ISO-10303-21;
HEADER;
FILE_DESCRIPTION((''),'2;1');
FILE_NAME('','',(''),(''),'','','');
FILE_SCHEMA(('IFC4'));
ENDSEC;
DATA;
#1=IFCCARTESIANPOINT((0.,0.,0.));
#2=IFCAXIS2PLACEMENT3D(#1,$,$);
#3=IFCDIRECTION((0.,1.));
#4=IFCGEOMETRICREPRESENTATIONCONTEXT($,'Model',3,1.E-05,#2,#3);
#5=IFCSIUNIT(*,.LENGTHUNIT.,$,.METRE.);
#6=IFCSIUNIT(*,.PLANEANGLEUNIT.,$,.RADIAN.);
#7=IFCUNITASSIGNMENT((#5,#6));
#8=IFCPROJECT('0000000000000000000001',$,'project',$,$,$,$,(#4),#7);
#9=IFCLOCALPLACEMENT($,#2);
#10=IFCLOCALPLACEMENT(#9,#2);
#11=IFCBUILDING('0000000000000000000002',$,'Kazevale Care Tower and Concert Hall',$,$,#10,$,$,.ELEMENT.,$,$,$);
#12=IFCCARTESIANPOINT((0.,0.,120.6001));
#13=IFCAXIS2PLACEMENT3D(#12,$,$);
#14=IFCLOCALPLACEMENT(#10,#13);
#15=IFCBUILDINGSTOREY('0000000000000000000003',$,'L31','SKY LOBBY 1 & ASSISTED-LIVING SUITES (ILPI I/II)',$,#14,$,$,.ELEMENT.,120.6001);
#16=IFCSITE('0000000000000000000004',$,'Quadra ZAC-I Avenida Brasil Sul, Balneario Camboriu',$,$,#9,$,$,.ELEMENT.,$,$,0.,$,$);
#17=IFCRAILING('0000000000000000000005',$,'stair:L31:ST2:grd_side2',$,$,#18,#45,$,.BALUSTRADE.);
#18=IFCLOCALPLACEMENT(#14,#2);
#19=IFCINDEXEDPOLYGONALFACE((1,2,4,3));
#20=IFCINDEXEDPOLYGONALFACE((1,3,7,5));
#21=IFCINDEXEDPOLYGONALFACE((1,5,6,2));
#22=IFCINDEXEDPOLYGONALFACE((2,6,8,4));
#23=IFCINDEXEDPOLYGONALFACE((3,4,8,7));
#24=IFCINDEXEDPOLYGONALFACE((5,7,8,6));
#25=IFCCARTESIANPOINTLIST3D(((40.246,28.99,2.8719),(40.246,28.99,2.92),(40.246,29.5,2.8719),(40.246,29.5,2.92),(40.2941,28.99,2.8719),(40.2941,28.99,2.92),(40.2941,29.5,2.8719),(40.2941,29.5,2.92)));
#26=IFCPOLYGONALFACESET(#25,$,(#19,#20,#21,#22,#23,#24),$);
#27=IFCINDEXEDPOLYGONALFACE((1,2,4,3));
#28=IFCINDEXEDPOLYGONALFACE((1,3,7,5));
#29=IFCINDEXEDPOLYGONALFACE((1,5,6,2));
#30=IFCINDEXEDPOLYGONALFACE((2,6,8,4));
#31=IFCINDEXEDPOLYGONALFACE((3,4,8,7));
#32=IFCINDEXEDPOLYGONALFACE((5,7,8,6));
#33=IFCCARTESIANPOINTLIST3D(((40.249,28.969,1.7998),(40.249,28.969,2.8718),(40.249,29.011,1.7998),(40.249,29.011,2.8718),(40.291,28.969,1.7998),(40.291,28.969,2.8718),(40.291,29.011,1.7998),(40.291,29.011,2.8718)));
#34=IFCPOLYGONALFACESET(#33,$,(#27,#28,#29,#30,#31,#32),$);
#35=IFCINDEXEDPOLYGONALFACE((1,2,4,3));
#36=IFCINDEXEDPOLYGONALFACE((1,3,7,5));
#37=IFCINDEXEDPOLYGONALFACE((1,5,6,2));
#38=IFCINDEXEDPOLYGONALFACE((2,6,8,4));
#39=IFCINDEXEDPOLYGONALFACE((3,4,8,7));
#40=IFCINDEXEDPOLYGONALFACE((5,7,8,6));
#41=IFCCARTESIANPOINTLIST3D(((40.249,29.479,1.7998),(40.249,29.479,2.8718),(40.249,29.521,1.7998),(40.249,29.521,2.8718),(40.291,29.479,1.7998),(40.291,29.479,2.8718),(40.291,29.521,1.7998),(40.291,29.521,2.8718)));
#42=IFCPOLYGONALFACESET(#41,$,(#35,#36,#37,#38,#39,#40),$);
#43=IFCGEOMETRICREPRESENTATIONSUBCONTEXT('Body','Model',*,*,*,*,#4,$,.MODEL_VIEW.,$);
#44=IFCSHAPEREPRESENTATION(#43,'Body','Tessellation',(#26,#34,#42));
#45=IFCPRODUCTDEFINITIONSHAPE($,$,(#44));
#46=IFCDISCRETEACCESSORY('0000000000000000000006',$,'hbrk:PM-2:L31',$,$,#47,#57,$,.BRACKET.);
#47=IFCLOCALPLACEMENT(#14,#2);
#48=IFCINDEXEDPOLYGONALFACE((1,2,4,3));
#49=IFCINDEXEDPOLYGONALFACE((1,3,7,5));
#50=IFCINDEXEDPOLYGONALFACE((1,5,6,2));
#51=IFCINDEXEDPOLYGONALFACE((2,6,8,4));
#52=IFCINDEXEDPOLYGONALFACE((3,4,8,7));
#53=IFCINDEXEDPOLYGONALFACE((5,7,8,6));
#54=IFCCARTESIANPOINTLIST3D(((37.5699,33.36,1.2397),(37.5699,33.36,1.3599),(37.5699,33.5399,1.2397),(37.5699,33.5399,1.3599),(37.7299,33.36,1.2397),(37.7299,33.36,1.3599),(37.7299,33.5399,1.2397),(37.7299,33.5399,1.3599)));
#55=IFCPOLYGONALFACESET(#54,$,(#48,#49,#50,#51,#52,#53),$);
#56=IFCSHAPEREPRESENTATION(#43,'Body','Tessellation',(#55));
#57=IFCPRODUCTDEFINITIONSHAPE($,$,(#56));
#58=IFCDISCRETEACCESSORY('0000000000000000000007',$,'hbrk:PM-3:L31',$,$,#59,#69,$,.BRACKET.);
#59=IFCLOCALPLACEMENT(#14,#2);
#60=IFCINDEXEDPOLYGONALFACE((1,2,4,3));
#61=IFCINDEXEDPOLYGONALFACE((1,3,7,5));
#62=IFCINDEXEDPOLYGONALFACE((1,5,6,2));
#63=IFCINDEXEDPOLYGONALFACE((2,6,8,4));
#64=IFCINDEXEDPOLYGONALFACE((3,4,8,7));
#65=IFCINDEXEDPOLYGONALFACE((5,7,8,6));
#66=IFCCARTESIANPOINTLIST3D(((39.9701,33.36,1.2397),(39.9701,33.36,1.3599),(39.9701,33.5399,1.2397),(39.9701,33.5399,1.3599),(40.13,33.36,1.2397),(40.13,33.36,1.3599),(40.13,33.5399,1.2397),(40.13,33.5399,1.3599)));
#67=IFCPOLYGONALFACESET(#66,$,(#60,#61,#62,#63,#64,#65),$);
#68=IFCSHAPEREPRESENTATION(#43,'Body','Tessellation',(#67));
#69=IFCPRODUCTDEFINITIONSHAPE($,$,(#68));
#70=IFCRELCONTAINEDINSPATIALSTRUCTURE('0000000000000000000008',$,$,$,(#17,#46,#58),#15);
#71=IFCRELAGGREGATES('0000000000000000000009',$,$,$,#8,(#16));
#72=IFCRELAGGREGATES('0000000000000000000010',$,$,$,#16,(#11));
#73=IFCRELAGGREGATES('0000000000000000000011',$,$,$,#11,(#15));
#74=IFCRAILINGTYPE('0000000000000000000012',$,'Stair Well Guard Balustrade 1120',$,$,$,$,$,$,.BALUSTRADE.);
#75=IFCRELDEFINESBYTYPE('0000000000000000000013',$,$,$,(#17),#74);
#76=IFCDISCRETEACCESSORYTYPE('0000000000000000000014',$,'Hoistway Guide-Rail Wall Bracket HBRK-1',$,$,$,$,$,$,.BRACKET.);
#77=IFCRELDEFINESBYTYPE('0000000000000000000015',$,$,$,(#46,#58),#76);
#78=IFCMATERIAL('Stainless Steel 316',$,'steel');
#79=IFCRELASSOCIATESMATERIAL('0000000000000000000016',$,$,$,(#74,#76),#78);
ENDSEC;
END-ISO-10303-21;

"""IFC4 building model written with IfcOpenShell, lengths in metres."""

from ifc_helpers import new_model, si_unit, direction, frame, origin, origin_2d, place, context, subcontext, project, spatial, rectangle, extrude, material, type_object, element, save


model = new_model("IFC4")

# Units and contexts
model_context = context("Model", 3, precision=1e-05, world=origin(), true_north=direction((0.0, 1.0)))
body_context = subcontext(model_context, "Body", "Model", "MODEL_VIEW")
ifc_project = project(units=[si_unit("LENGTHUNIT", "METRE"), si_unit("PLANEANGLEUNIT", "RADIAN")], contexts=[model_context])

# Site, building, storey
site_placement = place(None, origin())
site = spatial("IfcSite", under=ifc_project, at=site_placement, Name="Quadra ZAC-I Avenida Brasil Sul, Balneario Camboriu", CompositionType="ELEMENT", RefElevation=0.0)
building_placement = place(site_placement, origin())
building = spatial("IfcBuilding", under=site, at=building_placement, Name="Kazevale Care Tower and Concert Hall", CompositionType="ELEMENT")
storey_placement = place(building_placement, frame((0.0, 0.0, 120.6001)))
storey = spatial("IfcBuildingStorey", under=building, at=storey_placement, Name="L31", Description="SKY LOBBY 1 & ASSISTED-LIVING SUITES (ILPI I/II)", CompositionType="ELEMENT", Elevation=120.6001)

# Railing
ifc_material_1 = material(Name="Stainless Steel 316", Category="steel")
railing_type_1 = type_object("IfcRailingType", Name="Stair Well Guard Balustrade 1120", PredefinedType="BALUSTRADE", material=ifc_material_1)
railing_1_placement = place(storey_placement, frame((40.27, 28.99, 1.7998)))
element("IfcRailing", 1, at=railing_1_placement, inside=storey, type_object=railing_type_1, Name="stair:L31:ST2:grd_side2", PredefinedType="BALUSTRADE", context=body_context, shape_type="SweptSolid", body=[
    extrude(rectangle(XDim=0.0481, YDim=0.0481, at=origin_2d()), frame((0.0, 0.0, 1.0962), z_axis=(0.0, 1.0, 0.0), x_axis=(-1.0, 0.0, 0.0)), (0.0, 0.0, 1.0), 0.51),
    extrude(rectangle(XDim=0.042, YDim=0.042, at=origin_2d()), origin(), (0.0, 0.0, 1.0), 1.072),
    extrude(rectangle(XDim=0.042, YDim=0.042, at=origin_2d()), frame((0.0, 0.51, 0.0)), (0.0, 0.0, 1.0), 1.072),
])

# Discrete accessories
discrete_accessory_type = type_object("IfcDiscreteAccessoryType", Name="Hoistway Guide-Rail Wall Bracket HBRK-1", PredefinedType="BRACKET", material=ifc_material_1)
for number, where, z_axis, x_axis, name in (
    (2, (37.6499, 33.45, 1.2397), (0.0, 0.0, 1.0), (1.0, 0.0, 0.0), "hbrk:PM-2:L31"),
    (3, (40.05, 33.45, 1.2397), (0.0, 0.0, 1.0), (1.0, 0.0, 0.0), "hbrk:PM-3:L31"),
):
    element("IfcDiscreteAccessory", number, at=place(storey_placement, frame(where, z_axis=z_axis, x_axis=x_axis)), inside=storey, type_object=discrete_accessory_type, Name=name, PredefinedType="BRACKET", context=body_context, shape_type="SweptSolid", body=[
        extrude(rectangle(XDim=0.1599, YDim=0.1799, at=origin_2d()), origin(), (0.0, 0.0, 1.0), 0.1201),
    ])

save(model, "model.ifc")
